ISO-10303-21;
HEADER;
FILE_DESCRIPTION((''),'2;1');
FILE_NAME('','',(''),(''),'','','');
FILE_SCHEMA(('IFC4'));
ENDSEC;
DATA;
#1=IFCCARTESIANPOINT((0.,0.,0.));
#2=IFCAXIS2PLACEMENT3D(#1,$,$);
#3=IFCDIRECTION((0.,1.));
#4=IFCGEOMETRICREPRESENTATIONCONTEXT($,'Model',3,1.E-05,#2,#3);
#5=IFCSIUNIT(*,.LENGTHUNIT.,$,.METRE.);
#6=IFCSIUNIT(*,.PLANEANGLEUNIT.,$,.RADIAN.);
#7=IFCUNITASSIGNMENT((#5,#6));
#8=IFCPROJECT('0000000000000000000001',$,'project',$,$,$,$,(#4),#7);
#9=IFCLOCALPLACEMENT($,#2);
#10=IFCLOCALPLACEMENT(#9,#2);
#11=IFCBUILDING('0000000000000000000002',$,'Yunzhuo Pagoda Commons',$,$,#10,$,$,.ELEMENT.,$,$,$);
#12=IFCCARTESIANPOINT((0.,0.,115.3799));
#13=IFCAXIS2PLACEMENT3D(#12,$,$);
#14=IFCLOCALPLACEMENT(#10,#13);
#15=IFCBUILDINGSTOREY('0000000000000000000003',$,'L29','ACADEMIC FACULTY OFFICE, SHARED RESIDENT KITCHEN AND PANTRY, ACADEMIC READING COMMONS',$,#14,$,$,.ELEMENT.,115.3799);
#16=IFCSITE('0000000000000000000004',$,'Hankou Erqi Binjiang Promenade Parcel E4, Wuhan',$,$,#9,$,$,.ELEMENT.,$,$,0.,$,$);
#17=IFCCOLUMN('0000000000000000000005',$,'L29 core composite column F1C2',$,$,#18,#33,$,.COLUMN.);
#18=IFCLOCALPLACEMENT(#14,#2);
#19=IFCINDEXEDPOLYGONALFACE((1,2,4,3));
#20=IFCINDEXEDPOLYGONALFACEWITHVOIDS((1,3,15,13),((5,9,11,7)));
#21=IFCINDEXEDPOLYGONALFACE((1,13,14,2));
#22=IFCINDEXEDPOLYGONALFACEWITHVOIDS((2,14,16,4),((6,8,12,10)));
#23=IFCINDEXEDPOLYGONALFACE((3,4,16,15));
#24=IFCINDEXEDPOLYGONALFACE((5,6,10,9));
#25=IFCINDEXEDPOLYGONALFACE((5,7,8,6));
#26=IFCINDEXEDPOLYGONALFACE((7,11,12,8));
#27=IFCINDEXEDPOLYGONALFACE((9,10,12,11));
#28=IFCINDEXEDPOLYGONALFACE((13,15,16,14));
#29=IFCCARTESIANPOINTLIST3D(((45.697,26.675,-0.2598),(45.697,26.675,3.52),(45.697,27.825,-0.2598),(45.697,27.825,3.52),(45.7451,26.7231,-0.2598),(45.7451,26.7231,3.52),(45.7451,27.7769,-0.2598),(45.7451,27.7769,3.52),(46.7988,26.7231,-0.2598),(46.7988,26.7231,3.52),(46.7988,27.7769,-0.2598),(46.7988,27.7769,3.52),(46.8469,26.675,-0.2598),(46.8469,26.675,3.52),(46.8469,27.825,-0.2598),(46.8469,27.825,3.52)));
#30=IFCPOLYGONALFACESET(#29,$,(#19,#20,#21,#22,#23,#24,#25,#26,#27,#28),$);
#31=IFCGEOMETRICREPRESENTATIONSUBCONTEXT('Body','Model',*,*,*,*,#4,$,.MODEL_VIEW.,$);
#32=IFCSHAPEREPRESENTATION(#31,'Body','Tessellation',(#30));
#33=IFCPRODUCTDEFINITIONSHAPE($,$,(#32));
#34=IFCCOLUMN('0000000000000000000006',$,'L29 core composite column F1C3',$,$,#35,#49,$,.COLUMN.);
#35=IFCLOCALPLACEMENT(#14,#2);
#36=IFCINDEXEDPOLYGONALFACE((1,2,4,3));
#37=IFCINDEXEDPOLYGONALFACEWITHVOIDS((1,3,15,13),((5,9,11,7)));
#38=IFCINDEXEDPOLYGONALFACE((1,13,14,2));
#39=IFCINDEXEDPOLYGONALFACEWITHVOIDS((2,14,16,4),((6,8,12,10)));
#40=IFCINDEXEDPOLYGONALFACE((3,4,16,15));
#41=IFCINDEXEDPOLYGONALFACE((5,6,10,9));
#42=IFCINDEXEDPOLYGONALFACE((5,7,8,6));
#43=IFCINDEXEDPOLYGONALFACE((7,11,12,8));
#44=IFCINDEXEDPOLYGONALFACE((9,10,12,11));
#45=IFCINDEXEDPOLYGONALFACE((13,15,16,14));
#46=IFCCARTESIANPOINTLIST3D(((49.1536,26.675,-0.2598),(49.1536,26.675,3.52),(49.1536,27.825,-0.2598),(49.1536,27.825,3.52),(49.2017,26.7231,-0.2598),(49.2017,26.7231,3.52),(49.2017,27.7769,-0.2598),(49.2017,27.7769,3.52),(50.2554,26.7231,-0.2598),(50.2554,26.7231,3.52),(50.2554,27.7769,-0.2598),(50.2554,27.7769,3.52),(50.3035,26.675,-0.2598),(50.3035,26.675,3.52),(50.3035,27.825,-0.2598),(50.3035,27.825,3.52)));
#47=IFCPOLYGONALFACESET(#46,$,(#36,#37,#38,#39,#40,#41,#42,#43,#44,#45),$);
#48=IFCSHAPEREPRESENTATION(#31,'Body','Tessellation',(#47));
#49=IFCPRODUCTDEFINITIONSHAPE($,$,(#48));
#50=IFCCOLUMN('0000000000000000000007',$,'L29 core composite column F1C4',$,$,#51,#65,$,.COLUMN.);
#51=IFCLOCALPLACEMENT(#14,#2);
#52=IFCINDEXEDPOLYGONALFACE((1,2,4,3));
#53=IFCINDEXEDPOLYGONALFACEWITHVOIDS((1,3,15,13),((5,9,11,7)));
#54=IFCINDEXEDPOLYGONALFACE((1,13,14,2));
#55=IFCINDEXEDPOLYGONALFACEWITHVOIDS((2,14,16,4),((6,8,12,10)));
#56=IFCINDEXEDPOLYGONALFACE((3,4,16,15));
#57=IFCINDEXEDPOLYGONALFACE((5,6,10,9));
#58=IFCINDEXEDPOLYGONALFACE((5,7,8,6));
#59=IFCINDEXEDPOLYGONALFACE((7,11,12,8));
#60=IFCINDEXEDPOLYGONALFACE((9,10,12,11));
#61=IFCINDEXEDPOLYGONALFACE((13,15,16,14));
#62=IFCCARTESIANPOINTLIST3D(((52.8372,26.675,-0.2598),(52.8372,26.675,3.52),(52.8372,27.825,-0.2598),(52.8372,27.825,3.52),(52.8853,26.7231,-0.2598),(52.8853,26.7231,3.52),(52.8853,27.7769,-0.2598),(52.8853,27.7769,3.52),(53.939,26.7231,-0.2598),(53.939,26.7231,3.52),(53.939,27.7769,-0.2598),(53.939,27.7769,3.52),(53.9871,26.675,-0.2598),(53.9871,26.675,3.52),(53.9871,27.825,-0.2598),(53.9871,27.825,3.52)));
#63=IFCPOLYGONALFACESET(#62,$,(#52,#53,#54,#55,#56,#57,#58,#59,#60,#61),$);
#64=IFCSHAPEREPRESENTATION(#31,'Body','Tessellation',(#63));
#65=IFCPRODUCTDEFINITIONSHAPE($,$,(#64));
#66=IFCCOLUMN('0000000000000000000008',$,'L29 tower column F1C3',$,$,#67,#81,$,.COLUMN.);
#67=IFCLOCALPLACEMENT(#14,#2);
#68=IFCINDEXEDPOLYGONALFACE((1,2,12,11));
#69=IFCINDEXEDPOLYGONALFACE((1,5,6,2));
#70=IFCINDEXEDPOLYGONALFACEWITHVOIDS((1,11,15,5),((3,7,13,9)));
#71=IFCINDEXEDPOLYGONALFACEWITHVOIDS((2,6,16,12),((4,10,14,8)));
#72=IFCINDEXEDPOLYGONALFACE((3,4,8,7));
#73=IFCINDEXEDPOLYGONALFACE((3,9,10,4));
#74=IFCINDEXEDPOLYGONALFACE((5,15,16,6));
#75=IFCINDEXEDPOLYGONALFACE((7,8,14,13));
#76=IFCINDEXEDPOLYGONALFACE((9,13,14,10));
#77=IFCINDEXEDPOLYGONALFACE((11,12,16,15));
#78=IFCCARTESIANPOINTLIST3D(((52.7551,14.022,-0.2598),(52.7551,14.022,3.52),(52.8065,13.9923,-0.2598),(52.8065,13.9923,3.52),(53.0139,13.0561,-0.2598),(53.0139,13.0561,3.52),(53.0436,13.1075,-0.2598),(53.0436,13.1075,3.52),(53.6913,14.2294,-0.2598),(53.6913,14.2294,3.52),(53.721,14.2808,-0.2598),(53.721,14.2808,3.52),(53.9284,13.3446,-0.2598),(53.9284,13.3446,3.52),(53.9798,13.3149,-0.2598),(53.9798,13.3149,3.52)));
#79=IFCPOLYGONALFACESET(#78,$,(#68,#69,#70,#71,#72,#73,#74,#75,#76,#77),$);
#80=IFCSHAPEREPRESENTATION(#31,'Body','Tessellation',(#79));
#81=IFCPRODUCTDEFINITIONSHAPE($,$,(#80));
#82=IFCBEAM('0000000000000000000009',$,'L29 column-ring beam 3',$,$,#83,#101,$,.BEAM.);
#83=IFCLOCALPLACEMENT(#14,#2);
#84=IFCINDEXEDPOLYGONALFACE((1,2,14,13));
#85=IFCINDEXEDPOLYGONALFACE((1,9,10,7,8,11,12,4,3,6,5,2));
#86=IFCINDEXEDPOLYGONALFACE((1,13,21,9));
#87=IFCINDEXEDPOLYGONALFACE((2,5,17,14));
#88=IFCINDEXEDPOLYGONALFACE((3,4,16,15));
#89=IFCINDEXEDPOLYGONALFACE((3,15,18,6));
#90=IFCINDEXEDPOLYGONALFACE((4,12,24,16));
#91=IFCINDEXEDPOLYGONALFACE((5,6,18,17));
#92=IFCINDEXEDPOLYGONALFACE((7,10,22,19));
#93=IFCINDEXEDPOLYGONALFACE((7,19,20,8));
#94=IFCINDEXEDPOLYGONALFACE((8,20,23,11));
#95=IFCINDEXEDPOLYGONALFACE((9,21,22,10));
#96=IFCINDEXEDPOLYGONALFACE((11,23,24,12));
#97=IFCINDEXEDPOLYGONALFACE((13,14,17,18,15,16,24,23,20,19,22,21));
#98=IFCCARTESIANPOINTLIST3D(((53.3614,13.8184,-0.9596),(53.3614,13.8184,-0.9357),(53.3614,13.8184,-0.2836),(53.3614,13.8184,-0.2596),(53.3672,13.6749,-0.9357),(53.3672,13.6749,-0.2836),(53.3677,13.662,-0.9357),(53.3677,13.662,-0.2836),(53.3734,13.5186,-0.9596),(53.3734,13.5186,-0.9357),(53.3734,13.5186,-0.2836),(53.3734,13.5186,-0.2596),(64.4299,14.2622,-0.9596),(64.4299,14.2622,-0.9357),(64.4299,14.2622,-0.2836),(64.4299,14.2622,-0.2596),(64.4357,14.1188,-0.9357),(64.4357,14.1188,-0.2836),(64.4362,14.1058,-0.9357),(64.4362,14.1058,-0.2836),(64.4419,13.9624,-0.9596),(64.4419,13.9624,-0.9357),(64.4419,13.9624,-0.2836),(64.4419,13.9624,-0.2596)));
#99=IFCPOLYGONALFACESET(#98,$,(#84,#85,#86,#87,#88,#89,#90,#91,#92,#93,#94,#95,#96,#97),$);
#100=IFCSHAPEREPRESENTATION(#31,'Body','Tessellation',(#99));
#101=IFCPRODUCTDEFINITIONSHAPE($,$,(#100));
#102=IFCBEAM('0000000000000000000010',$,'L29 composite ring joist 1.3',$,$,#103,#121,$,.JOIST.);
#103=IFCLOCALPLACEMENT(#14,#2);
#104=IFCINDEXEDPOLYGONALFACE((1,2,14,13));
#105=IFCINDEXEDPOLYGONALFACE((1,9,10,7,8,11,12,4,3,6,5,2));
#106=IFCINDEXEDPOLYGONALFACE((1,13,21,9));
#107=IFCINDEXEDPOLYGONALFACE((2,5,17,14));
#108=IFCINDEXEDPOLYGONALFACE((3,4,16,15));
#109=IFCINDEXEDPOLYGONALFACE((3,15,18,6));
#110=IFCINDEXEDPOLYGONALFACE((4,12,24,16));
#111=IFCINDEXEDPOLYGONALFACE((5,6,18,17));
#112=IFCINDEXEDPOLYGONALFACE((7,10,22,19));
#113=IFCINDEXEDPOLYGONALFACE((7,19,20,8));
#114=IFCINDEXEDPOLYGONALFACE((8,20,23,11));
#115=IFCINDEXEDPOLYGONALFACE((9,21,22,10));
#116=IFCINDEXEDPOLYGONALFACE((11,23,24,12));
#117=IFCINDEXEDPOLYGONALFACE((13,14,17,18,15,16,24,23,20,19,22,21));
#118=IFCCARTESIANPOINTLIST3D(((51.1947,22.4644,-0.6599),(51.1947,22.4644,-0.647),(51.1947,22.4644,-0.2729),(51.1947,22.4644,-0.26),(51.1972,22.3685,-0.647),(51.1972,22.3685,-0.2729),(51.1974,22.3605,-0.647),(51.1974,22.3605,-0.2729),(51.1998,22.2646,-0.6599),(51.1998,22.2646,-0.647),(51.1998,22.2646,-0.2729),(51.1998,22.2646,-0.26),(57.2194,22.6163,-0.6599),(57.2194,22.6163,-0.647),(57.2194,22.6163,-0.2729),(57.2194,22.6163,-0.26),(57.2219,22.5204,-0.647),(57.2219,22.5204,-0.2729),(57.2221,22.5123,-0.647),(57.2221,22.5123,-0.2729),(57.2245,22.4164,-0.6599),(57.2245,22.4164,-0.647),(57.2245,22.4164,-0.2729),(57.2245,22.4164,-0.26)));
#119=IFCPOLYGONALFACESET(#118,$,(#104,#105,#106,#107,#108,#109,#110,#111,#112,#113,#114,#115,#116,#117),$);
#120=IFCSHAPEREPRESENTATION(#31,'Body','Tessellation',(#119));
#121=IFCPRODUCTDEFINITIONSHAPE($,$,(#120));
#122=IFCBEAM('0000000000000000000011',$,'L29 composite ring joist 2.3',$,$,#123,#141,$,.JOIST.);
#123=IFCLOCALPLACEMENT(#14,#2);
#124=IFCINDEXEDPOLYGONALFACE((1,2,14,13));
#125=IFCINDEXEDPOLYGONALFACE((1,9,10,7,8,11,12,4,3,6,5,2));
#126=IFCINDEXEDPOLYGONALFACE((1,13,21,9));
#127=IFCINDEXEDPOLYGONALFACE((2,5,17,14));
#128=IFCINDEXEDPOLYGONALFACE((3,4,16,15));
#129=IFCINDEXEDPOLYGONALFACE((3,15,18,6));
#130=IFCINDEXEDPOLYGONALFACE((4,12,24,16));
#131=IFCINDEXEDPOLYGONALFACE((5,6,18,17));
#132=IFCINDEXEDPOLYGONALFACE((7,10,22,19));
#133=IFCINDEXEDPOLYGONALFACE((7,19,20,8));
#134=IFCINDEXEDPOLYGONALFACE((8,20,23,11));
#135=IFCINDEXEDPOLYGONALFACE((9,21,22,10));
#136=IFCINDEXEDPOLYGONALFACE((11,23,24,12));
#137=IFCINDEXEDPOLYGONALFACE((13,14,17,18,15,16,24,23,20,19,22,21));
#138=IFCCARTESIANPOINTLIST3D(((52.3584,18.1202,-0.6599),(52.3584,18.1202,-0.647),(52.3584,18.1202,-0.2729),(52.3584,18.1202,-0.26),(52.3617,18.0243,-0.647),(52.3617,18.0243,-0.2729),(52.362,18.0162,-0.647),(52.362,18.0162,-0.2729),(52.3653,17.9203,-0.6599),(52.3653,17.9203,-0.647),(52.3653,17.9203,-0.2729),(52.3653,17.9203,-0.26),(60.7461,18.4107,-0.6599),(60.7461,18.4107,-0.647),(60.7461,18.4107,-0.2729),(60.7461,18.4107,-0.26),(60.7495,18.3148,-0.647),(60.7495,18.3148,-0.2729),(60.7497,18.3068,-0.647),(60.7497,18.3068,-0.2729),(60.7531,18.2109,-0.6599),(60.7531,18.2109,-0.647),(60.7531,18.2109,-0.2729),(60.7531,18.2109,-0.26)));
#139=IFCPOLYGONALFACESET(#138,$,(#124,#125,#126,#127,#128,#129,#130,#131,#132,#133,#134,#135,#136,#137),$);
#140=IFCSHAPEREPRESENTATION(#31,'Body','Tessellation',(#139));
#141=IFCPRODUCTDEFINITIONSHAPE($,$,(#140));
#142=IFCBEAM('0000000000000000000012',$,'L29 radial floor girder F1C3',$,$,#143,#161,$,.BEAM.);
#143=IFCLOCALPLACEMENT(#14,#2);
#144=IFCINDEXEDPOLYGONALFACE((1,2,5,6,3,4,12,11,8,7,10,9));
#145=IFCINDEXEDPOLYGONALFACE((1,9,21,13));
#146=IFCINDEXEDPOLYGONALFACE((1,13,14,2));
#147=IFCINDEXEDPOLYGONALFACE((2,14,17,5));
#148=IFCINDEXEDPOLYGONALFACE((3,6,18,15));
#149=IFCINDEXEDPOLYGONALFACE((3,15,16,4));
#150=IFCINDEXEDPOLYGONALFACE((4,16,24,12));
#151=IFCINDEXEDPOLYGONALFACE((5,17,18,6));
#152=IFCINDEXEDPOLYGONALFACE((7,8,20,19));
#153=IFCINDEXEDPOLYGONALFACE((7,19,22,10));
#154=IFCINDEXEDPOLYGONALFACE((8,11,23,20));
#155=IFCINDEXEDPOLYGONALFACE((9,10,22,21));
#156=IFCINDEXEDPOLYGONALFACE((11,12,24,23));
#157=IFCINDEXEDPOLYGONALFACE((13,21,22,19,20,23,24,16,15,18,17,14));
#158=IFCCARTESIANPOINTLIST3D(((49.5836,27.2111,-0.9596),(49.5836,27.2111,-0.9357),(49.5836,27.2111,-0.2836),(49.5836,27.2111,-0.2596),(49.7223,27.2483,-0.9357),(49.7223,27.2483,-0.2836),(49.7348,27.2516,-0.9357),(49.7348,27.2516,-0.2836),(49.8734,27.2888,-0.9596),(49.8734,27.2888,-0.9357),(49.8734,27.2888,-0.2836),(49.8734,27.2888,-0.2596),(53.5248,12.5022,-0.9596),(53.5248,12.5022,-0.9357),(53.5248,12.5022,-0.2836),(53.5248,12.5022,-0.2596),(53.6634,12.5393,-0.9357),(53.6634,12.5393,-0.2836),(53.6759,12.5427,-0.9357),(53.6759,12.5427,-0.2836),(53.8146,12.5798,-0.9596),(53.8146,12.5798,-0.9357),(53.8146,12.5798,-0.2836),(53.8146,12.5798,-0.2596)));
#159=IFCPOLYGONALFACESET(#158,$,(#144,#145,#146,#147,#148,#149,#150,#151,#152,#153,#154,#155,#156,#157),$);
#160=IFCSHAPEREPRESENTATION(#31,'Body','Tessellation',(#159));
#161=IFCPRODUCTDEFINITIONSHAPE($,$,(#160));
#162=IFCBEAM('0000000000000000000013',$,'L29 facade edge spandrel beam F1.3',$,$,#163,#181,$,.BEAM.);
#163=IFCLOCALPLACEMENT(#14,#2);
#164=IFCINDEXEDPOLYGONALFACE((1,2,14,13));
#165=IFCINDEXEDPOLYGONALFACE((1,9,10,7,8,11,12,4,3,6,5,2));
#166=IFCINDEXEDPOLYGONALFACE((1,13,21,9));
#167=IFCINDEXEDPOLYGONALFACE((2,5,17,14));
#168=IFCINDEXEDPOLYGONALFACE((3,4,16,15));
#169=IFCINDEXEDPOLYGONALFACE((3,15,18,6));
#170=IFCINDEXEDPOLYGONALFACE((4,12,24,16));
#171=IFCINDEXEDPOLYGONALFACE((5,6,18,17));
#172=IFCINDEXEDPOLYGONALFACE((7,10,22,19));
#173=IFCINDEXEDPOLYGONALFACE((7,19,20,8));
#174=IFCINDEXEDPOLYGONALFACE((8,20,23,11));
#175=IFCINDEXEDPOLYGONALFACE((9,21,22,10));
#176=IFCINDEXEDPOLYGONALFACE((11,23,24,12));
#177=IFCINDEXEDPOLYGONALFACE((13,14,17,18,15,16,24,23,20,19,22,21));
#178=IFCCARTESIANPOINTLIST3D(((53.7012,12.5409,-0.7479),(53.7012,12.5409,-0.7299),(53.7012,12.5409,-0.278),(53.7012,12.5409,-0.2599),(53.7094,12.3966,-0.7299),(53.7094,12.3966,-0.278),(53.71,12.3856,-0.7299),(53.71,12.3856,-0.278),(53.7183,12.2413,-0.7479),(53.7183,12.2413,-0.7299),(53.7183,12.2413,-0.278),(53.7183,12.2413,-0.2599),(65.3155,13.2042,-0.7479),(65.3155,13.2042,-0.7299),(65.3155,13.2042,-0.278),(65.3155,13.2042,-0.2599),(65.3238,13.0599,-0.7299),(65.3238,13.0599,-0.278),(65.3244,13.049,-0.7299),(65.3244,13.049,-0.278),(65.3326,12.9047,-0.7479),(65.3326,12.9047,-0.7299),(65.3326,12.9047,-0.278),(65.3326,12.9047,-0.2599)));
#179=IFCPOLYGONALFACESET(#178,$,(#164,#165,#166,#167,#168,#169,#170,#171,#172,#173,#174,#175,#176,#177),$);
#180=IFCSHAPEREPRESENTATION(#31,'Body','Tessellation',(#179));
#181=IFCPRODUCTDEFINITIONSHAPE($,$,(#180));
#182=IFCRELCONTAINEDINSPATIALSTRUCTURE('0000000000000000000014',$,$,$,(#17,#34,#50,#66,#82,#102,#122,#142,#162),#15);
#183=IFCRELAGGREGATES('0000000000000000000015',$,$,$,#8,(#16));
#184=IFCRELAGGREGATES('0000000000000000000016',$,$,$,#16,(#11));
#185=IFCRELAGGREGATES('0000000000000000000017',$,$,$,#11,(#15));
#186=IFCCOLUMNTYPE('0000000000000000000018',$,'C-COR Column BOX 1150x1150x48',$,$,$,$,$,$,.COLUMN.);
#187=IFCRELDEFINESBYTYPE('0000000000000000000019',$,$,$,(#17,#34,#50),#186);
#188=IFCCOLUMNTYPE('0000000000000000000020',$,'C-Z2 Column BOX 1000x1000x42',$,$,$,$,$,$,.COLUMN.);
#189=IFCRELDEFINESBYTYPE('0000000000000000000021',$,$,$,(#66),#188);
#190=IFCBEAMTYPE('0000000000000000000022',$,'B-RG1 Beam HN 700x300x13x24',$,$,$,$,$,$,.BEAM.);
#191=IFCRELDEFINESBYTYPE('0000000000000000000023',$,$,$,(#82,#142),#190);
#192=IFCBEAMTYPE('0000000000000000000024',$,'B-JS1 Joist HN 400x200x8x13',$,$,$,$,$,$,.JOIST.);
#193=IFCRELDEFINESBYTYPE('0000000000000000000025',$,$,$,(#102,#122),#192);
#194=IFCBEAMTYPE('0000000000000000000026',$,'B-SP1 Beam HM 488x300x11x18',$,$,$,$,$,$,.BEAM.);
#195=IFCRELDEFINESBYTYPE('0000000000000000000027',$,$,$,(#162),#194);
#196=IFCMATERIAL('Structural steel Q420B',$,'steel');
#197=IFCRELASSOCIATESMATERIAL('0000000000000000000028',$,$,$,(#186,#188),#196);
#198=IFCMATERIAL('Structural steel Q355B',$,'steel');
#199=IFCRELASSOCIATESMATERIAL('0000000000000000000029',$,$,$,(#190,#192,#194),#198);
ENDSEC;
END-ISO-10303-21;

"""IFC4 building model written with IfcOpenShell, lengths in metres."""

from ifc_helpers import new_model, si_unit, direction, frame, origin, origin_2d, place, context, subcontext, project, spatial, hollow_rectangle, i_section, extrude, source, transform, mapped, material, material_profile, profile_set, type_object, element, save


model = new_model("IFC4")

# Units and contexts
model_context = context("Model", 3, precision=1e-05, world=origin(), true_north=direction((0.0, 1.0)))
body_context = subcontext(model_context, "Body", "Model", "MODEL_VIEW")
ifc_project = project(units=[si_unit("LENGTHUNIT", "METRE"), si_unit("PLANEANGLEUNIT", "RADIAN")], contexts=[model_context])

# Site, building, storey
site_placement = place(None, origin())
site = spatial("IfcSite", under=ifc_project, at=site_placement, Name="Hankou Erqi Binjiang Promenade Parcel E4, Wuhan", CompositionType="ELEMENT", RefElevation=0.0)
building_placement = place(site_placement, origin())
building = spatial("IfcBuilding", under=site, at=building_placement, Name="Yunzhuo Pagoda Commons", CompositionType="ELEMENT")
storey_placement = place(building_placement, frame((0.0, 0.0, 115.3799)))
storey = spatial("IfcBuildingStorey", under=building, at=storey_placement, Name="L29", Description="ACADEMIC FACULTY OFFICE, SHARED RESIDENT KITCHEN AND PANTRY, ACADEMIC READING COMMONS", CompositionType="ELEMENT", Elevation=115.3799)

# Columns
ifc_material_1 = material(Name="Structural steel Q420B", Category="steel")
ifc_material_profile_1 = material_profile(ifc_material_1, hollow_rectangle(XDim=1.1499, YDim=1.1499, WallThickness=0.0481, at=origin_2d()), Name="Structural steel Q420B")
ifc_profile_set_1 = profile_set([ifc_material_profile_1], Name="Structural steel Q420B")
column_type_1 = type_object("IfcColumnType", Name="C-COR Column BOX 1150x1150x48", PredefinedType="COLUMN", material=ifc_profile_set_1)
shared_shape_1 = source(origin(), body_context, "Body", "SweptSolid", [
    extrude(hollow_rectangle(XDim=1.1499, YDim=1.1499, WallThickness=0.0481, at=origin_2d()), origin(), (0.0, 0.0, 1.0), 3.7798),
])
for number, where, z_axis, x_axis, name in (
    (1, (46.272, 27.25, -0.2598), (0.0, 0.0, 1.0), (1.0, 0.0, 0.0), "L29 core composite column F1C2"),
    (2, (49.7285, 27.25, -0.2598), (0.0, 0.0, 1.0), (1.0, 0.0, 0.0), "L29 core composite column F1C3"),
    (3, (53.4121, 27.25, -0.2598), (0.0, 0.0, 1.0), (1.0, 0.0, 0.0), "L29 core composite column F1C4"),
):
    element("IfcColumn", number, at=place(storey_placement, frame(where, z_axis=z_axis, x_axis=x_axis)), inside=storey, type_object=column_type_1, Name=name, PredefinedType="COLUMN", context=body_context, shape_type="MappedRepresentation", body=[
        mapped(shared_shape_1, transform((0.0, 0.0, 0.0), scale=1.0)),
    ])
ifc_material_profile_2 = material_profile(ifc_material_1, hollow_rectangle(XDim=1.0, YDim=1.0, WallThickness=0.042, at=origin_2d()), Name="Structural steel Q420B")
ifc_profile_set_2 = profile_set([ifc_material_profile_2], Name="Structural steel Q420B")
column_type_2 = type_object("IfcColumnType", Name="C-Z2 Column BOX 1000x1000x42", PredefinedType="COLUMN", material=ifc_profile_set_2)
shared_shape_2 = source(origin(), body_context, "Body", "SweptSolid", [
    extrude(hollow_rectangle(XDim=1.0, YDim=1.0, WallThickness=0.042, at=origin_2d()), origin(), (0.0, 0.0, 1.0), 3.7798),
])
column_placement = place(storey_placement, frame((53.3674, 13.6685, -0.2598), z_axis=(0.0, 0.0, 1.0), x_axis=(0.965926, 0.258819, 0.0)))
element("IfcColumn", 4, at=column_placement, inside=storey, type_object=column_type_2, Name="L29 tower column F1C3", PredefinedType="COLUMN", context=body_context, shape_type="MappedRepresentation", body=[
    mapped(shared_shape_2, transform((0.0, 0.0, 0.0), scale=1.0)),
])

# Beams
ifc_material_2 = material(Name="Structural steel Q355B", Category="steel")
ifc_material_profile_3 = material_profile(ifc_material_2, i_section(OverallWidth=0.3, OverallDepth=0.7, WebThickness=0.0129, FlangeThickness=0.0239, at=origin_2d()), Name="Structural steel Q355B")
ifc_profile_set_3 = profile_set([ifc_material_profile_3], Name="Structural steel Q355B")
beam_type_1 = type_object("IfcBeamType", Name="B-RG1 Beam HN 700x300x13x24", PredefinedType="BEAM", material=ifc_profile_set_3)
shared_shape_3 = source(origin(), body_context, "Body", "SweptSolid", [
    extrude(i_section(OverallWidth=0.3, OverallDepth=0.7, WebThickness=0.0129, FlangeThickness=0.0239, at=origin_2d()), origin(), (0.0, 0.0, 1.0), 11.0774),
])
beam_1_placement = place(storey_placement, frame((53.3674, 13.6685, -0.6096), z_axis=(0.999197, 0.040067, 0.0), x_axis=(-0.040067, 0.999197, 0.0)))
element("IfcBeam", 5, at=beam_1_placement, inside=storey, type_object=beam_type_1, Name="L29 column-ring beam 3", PredefinedType="BEAM", context=body_context, shape_type="MappedRepresentation", body=[
    mapped(shared_shape_3, transform((0.0, 0.0, 0.0), scale=1.0)),
])
ifc_material_profile_4 = material_profile(ifc_material_2, i_section(OverallWidth=0.2, OverallDepth=0.3999, WebThickness=0.0081, FlangeThickness=0.0129, at=origin_2d()), Name="Structural steel Q355B")
ifc_profile_set_4 = profile_set([ifc_material_profile_4], Name="Structural steel Q355B")
beam_type_2 = type_object("IfcBeamType", Name="B-JS1 Joist HN 400x200x8x13", PredefinedType="JOIST", material=ifc_profile_set_4)
shared_shape_4 = source(origin(), body_context, "Body", "SweptSolid", [
    extrude(i_section(OverallWidth=0.2, OverallDepth=0.3999, WebThickness=0.0081, FlangeThickness=0.0129, at=origin_2d()), origin(), (0.0, 0.0, 1.0), 6.0266),
])
beam_2_placement = place(storey_placement, frame((51.1973, 22.3645, -0.46), z_axis=(0.999682, 0.025198, 0.0), x_axis=(-0.025198, 0.999682, 0.0)))
element("IfcBeam", 6, at=beam_2_placement, inside=storey, type_object=beam_type_2, Name="L29 composite ring joist 1.3", PredefinedType="JOIST", context=body_context, shape_type="MappedRepresentation", body=[
    mapped(shared_shape_4, transform((0.0, 0.0, 0.0), scale=1.0)),
])
shared_shape_5 = source(origin(), body_context, "Body", "SweptSolid", [
    extrude(i_section(OverallWidth=0.2, OverallDepth=0.3999, WebThickness=0.0081, FlangeThickness=0.0129, at=origin_2d()), origin(), (0.0, 0.0, 1.0), 8.3928),
])
beam_3_placement = place(storey_placement, frame((52.3618, 18.0203, -0.46), z_axis=(0.999401, 0.034617, 0.0), x_axis=(-0.034617, 0.999401, 0.0)))
element("IfcBeam", 7, at=beam_3_placement, inside=storey, type_object=beam_type_2, Name="L29 composite ring joist 2.3", PredefinedType="JOIST", context=body_context, shape_type="MappedRepresentation", body=[
    mapped(shared_shape_5, transform((0.0, 0.0, 0.0), scale=1.0)),
])
shared_shape_6 = source(origin(), body_context, "Body", "SweptSolid", [
    extrude(i_section(OverallWidth=0.3, OverallDepth=0.7, WebThickness=0.0129, FlangeThickness=0.0239, at=origin_2d()), origin(), (0.0, 0.0, 1.0), 15.2278),
])
beam_4_placement = place(storey_placement, frame((53.6697, 12.541, -0.6096), z_axis=(-0.258813, 0.965927, 0.0), x_axis=(-0.965927, -0.258813, 0.0)))
element("IfcBeam", 8, at=beam_4_placement, inside=storey, type_object=beam_type_1, Name="L29 radial floor girder F1C3", PredefinedType="BEAM", context=body_context, shape_type="MappedRepresentation", body=[
    mapped(shared_shape_6, transform((0.0, 0.0, 0.0), scale=1.0)),
])
ifc_material_profile_5 = material_profile(ifc_material_2, i_section(OverallWidth=0.3, OverallDepth=0.488, WebThickness=0.011, FlangeThickness=0.0181, at=origin_2d()), Name="Structural steel Q355B")
ifc_profile_set_5 = profile_set([ifc_material_profile_5], Name="Structural steel Q355B")
beam_type_3 = type_object("IfcBeamType", Name="B-SP1 Beam HM 488x300x11x18", PredefinedType="BEAM", material=ifc_profile_set_5)
shared_shape_7 = source(origin(), body_context, "Body", "SweptSolid", [
    extrude(i_section(OverallWidth=0.3, OverallDepth=0.488, WebThickness=0.011, FlangeThickness=0.0181, at=origin_2d()), origin(), (0.0, 0.0, 1.0), 11.6333),
])
beam_5_placement = place(storey_placement, frame((53.7097, 12.3911, -0.5039), z_axis=(0.998373, 0.057021, 0.0), x_axis=(-0.057021, 0.998373, 0.0)))
element("IfcBeam", 9, at=beam_5_placement, inside=storey, type_object=beam_type_3, Name="L29 facade edge spandrel beam F1.3", PredefinedType="BEAM", context=body_context, shape_type="MappedRepresentation", body=[
    mapped(shared_shape_7, transform((0.0, 0.0, 0.0), scale=1.0)),
])

save(model, "model.ifc")
